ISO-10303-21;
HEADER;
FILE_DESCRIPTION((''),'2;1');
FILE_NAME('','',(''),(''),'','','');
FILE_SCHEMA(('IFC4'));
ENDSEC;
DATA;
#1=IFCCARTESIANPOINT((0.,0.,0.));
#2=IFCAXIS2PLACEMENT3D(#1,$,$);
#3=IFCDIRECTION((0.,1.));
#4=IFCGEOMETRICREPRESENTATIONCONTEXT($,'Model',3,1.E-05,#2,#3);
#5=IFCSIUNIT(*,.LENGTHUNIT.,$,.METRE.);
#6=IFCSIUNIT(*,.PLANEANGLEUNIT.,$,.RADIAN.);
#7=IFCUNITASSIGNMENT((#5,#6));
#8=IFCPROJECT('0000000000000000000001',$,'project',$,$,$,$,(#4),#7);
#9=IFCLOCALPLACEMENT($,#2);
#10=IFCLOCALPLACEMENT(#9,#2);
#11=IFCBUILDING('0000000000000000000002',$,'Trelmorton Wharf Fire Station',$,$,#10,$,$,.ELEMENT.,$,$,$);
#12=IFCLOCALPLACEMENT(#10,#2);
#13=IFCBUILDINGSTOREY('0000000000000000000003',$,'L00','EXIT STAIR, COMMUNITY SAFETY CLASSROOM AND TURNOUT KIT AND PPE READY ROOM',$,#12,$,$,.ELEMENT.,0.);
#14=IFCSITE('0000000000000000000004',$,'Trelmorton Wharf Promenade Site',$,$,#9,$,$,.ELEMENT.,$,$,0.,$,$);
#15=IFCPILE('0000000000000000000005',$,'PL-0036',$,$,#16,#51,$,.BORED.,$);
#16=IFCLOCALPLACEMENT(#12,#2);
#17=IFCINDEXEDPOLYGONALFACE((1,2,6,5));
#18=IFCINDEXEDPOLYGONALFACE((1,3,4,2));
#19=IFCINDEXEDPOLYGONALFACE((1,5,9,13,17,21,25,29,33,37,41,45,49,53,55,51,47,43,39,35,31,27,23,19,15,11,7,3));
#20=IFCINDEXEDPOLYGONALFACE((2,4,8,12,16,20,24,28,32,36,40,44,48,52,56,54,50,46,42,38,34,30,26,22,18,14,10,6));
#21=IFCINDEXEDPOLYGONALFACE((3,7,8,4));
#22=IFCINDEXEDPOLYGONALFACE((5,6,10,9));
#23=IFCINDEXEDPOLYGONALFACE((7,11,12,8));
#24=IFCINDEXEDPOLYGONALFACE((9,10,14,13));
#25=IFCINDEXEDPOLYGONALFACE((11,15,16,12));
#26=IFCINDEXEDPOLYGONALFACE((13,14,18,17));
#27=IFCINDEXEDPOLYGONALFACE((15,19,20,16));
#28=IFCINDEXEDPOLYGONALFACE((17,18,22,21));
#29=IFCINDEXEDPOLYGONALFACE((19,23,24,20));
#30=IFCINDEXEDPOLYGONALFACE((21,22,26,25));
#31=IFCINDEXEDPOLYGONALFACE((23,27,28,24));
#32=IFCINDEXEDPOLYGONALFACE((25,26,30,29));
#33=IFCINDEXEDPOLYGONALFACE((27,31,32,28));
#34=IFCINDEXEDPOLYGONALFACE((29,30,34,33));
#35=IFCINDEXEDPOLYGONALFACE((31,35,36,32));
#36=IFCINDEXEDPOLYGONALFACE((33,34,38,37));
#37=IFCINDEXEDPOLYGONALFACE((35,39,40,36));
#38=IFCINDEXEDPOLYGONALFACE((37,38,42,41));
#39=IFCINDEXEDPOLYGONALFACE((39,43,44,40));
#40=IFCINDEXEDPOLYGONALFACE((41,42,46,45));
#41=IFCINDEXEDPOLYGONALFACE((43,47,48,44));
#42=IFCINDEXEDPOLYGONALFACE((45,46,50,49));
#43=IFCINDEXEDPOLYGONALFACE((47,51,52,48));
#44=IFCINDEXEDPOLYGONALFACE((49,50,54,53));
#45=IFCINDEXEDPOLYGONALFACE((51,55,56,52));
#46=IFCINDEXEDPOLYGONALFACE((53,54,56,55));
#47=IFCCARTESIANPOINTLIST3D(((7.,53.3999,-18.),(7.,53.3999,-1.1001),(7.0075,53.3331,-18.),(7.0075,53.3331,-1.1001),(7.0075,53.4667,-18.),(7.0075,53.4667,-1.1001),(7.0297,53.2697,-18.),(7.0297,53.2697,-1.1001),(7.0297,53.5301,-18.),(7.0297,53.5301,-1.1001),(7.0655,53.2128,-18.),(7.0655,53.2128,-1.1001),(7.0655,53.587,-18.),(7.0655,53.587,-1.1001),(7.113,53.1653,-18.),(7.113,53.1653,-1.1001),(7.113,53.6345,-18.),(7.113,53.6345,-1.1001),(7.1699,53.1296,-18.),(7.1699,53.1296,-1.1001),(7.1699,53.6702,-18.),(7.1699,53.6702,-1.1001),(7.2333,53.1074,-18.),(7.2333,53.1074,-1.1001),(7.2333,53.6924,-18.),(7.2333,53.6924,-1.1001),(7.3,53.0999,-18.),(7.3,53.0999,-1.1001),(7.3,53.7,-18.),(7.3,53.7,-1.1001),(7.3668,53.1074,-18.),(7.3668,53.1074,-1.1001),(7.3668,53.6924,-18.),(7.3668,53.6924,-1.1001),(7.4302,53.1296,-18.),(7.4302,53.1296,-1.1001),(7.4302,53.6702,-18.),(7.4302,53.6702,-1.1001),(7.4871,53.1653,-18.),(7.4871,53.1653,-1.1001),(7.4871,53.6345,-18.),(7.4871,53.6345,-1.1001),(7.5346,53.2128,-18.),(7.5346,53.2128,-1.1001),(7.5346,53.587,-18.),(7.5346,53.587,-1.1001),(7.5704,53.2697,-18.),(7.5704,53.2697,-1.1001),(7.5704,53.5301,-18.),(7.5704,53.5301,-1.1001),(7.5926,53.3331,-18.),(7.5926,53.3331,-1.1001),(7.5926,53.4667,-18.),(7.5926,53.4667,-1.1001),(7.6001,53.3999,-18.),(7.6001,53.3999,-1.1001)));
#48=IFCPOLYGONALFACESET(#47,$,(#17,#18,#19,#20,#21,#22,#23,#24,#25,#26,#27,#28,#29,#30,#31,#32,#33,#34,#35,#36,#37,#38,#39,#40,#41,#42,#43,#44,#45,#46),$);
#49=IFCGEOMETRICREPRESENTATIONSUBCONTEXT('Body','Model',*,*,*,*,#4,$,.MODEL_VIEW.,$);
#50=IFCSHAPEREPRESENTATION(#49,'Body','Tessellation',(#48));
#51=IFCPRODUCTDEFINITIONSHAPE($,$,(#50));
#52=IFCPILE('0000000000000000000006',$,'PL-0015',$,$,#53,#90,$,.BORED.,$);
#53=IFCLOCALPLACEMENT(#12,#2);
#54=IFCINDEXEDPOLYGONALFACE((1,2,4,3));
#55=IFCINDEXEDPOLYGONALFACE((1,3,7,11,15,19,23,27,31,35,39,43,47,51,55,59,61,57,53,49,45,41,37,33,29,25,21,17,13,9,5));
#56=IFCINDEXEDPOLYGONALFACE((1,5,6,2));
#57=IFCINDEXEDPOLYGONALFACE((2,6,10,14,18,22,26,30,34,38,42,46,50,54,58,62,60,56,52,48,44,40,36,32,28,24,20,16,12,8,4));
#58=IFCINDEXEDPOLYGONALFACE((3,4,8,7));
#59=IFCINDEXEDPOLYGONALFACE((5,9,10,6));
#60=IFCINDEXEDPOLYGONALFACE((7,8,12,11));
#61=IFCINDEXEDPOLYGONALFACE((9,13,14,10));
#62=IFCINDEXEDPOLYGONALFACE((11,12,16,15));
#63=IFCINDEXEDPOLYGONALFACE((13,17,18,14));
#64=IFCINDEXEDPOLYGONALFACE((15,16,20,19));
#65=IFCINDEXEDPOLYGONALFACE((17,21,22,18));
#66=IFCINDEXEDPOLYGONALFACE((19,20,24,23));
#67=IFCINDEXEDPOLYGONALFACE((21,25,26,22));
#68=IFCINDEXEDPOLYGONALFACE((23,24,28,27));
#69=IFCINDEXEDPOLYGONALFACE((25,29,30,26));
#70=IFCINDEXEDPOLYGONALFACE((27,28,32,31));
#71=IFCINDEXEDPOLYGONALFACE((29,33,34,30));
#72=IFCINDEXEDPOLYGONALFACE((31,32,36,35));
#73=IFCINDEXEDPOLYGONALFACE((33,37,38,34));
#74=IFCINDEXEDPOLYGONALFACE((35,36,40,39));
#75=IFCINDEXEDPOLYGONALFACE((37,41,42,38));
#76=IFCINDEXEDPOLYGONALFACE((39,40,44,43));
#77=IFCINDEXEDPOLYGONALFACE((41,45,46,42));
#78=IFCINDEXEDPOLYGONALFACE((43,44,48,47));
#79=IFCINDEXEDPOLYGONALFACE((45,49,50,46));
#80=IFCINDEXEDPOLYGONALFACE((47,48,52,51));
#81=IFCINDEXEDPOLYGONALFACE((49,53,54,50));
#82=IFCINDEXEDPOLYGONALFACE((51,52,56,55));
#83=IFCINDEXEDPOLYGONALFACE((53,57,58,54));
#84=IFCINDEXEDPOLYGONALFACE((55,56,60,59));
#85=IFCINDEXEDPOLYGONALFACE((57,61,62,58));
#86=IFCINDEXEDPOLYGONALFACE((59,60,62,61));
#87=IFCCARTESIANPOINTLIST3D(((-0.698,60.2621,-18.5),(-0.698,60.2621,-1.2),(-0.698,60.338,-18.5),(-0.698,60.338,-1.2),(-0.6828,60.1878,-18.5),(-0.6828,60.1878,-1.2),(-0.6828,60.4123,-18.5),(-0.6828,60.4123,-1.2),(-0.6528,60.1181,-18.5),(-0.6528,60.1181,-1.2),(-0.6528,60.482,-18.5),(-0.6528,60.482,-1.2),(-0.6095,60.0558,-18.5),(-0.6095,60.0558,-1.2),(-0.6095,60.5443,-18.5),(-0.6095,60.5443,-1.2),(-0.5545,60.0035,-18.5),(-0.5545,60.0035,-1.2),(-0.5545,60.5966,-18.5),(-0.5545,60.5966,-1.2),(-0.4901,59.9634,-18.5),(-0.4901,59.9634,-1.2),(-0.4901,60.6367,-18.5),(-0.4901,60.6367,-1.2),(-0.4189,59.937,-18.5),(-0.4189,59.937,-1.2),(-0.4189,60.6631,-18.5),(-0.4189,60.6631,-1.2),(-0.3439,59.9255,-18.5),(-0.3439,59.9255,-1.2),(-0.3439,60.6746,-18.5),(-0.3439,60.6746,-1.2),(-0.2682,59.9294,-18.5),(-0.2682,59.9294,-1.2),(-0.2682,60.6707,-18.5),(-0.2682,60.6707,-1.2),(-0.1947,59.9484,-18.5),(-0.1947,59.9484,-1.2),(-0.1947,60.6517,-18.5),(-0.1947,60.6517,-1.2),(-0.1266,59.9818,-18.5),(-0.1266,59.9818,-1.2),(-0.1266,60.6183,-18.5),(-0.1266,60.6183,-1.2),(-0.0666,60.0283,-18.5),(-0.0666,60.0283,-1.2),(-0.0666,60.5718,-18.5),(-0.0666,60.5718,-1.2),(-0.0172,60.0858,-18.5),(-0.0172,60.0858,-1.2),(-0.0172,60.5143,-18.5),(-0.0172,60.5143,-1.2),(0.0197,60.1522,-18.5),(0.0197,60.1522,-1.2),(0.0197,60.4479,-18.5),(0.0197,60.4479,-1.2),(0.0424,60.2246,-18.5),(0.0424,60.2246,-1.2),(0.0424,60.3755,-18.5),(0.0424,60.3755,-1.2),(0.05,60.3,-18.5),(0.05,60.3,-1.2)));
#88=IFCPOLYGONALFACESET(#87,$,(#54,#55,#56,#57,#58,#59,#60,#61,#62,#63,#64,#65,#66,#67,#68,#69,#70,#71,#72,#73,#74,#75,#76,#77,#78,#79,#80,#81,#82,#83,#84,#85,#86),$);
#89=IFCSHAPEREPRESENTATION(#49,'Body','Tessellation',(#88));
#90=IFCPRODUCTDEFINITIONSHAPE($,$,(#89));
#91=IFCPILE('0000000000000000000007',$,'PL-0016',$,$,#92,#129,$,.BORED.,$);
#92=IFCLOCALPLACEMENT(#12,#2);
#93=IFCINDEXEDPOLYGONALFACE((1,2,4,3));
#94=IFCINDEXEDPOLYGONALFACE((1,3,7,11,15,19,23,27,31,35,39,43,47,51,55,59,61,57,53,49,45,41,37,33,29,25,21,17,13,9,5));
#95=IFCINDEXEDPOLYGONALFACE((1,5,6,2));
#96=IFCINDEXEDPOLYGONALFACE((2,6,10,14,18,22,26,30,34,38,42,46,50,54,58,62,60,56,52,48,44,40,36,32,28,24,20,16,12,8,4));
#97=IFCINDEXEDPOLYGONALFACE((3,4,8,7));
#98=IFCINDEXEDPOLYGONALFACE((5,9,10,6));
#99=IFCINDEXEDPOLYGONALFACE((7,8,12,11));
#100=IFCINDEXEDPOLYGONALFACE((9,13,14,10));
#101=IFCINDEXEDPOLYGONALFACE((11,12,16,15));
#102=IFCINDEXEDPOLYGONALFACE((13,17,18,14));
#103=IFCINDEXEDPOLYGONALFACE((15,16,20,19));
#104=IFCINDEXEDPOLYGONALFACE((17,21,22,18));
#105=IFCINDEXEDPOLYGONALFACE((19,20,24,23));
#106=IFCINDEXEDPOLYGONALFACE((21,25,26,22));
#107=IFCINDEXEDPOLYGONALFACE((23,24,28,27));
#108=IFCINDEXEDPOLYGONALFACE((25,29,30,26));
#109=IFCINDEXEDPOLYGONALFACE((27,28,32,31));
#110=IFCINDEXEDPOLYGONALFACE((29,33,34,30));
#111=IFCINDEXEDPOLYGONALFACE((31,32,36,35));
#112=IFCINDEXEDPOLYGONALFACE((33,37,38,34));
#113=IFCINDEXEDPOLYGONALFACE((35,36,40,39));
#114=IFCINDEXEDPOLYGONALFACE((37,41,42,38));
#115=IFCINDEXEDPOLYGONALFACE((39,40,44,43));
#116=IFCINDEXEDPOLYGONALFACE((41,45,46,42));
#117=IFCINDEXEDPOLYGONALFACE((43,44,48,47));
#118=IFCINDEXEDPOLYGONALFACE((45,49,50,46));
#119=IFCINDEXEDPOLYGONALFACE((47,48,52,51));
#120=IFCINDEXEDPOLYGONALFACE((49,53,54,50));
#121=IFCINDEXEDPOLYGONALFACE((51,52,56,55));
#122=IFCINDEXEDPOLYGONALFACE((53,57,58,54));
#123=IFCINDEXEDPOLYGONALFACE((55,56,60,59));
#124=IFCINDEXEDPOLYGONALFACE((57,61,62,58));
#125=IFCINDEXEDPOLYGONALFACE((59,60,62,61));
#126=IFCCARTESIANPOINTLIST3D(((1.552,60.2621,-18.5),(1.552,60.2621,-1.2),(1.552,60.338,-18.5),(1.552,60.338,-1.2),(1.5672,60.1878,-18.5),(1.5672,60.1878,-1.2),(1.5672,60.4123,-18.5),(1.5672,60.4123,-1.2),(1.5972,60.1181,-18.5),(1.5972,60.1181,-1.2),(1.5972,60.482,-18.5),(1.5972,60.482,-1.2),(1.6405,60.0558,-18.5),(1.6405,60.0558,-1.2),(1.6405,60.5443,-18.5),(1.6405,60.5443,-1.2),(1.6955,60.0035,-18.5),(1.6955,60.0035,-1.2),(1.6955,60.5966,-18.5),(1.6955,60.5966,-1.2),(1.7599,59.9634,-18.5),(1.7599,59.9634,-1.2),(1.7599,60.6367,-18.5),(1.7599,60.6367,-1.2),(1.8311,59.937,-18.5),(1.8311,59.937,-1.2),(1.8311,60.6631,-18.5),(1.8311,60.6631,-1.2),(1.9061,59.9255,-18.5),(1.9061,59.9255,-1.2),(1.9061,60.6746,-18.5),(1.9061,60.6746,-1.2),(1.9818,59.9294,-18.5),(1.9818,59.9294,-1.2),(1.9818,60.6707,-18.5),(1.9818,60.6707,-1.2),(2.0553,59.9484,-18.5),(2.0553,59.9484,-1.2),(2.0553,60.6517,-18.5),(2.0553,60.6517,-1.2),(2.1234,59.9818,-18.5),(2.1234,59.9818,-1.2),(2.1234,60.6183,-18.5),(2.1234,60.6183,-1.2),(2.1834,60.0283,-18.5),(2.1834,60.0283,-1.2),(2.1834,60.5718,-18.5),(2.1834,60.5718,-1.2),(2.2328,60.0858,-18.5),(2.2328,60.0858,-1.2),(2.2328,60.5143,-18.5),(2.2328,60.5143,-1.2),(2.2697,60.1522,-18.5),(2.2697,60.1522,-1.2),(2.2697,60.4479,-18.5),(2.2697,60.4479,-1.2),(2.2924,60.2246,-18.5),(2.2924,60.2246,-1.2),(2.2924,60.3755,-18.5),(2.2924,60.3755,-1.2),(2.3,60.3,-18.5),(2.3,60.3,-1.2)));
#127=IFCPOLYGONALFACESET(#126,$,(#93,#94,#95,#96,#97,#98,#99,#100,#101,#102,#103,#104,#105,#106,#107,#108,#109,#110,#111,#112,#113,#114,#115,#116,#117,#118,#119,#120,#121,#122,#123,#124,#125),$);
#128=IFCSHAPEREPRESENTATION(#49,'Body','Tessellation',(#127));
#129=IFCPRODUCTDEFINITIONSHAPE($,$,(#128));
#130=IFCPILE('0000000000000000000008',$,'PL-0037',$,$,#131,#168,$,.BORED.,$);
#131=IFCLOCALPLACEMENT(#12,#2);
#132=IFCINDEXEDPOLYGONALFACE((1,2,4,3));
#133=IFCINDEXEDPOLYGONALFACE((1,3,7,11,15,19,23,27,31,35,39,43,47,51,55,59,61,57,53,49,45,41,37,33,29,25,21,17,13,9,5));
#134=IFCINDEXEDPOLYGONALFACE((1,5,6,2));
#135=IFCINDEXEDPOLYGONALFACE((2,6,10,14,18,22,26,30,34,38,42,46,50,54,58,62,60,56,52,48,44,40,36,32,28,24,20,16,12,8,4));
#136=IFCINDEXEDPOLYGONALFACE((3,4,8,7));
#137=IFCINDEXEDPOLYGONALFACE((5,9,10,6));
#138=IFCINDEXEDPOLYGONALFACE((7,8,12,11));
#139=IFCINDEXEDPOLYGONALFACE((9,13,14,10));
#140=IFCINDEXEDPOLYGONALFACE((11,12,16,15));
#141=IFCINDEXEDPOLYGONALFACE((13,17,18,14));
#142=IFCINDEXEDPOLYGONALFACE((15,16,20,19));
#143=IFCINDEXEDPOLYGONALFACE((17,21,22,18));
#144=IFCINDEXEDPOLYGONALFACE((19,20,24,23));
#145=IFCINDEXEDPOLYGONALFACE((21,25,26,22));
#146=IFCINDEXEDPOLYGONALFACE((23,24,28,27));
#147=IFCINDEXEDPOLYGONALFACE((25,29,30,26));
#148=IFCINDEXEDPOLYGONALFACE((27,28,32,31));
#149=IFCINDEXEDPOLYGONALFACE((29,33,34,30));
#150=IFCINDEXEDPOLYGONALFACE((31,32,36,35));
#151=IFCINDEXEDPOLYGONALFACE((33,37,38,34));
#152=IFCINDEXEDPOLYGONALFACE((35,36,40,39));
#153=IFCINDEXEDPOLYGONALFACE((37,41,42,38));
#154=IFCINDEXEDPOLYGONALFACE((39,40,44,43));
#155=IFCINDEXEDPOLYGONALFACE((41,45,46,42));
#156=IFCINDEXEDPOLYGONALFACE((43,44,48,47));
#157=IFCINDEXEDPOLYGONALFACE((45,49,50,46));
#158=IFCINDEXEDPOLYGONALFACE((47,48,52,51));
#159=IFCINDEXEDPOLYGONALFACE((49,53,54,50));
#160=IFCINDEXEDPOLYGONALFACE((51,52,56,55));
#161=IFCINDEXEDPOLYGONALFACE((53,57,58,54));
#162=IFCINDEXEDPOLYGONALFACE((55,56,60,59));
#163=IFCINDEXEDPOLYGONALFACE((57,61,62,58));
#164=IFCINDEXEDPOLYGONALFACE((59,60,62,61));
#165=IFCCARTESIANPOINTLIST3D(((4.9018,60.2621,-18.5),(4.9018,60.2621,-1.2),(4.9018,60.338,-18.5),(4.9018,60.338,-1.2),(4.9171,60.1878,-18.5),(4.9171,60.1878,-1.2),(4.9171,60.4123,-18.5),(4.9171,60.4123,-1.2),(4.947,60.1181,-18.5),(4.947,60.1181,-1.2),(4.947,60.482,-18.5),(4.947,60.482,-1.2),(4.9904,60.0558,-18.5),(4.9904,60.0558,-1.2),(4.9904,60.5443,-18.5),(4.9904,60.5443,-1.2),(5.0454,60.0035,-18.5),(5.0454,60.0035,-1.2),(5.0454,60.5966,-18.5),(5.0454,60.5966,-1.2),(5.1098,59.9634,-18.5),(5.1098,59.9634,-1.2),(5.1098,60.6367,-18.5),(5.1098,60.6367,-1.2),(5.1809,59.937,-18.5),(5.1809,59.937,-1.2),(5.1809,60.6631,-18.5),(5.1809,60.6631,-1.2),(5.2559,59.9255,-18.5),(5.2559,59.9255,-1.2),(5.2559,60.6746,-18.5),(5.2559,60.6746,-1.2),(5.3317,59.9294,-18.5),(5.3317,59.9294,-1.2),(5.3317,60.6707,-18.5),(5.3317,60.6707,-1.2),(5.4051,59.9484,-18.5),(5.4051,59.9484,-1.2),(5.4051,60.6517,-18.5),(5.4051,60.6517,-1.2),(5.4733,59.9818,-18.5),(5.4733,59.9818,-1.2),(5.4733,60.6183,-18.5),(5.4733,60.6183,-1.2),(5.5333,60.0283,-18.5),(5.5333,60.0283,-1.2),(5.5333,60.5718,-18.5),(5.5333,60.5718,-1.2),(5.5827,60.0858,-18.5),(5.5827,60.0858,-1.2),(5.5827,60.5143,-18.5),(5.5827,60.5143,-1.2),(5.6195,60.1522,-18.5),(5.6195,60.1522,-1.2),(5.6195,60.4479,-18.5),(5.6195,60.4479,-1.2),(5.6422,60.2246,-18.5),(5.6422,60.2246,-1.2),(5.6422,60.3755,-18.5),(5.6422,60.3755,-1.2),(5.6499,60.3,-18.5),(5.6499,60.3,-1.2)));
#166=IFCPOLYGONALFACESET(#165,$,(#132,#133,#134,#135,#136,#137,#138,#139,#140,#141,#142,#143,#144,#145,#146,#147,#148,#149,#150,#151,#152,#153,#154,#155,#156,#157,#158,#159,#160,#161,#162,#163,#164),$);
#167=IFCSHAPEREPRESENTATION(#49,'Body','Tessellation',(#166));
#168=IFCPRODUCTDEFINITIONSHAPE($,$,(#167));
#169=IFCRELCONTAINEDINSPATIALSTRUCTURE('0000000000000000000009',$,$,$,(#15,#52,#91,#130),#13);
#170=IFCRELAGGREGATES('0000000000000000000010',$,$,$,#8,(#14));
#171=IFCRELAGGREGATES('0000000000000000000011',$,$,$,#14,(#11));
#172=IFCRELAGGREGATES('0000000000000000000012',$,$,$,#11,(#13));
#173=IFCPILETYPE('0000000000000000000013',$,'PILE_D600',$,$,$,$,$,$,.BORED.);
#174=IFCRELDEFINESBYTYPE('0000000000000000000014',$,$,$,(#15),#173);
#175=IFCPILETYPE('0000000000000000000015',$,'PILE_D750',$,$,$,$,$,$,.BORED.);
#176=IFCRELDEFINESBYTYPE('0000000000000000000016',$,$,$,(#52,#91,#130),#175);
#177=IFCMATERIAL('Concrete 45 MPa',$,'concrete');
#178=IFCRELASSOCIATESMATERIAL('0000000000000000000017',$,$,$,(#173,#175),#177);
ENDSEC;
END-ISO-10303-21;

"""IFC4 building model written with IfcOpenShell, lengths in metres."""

from ifc_helpers import new_model, si_unit, direction, frame, origin, origin_2d, place, context, subcontext, project, spatial, circle, extrude, material, material_profile, profile_set, type_object, element, save


model = new_model("IFC4")

# Units and contexts
model_context = context("Model", 3, precision=1e-05, world=origin(), true_north=direction((0.0, 1.0)))
body_context = subcontext(model_context, "Body", "Model", "MODEL_VIEW")
ifc_project = project(units=[si_unit("LENGTHUNIT", "METRE"), si_unit("PLANEANGLEUNIT", "RADIAN")], contexts=[model_context])

# Site, building, storey
site_placement = place(None, origin())
site = spatial("IfcSite", under=ifc_project, at=site_placement, Name="Trelmorton Wharf Promenade Site", CompositionType="ELEMENT", RefElevation=0.0)
building_placement = place(site_placement, origin())
building = spatial("IfcBuilding", under=site, at=building_placement, Name="Trelmorton Wharf Fire Station", CompositionType="ELEMENT")
storey_placement = place(building_placement, origin())
storey = spatial("IfcBuildingStorey", under=building, at=storey_placement, Name="L00", Description="EXIT STAIR, COMMUNITY SAFETY CLASSROOM AND TURNOUT KIT AND PPE READY ROOM", CompositionType="ELEMENT", Elevation=0.0)

# Piles
ifc_material_1 = material(Name="Concrete 45 MPa", Category="concrete")
ifc_material_profile_1 = material_profile(ifc_material_1, circle(Radius=0.3, at=origin_2d()), Name="PILE-D600")
ifc_profile_set_1 = profile_set([ifc_material_profile_1], Name="Concrete 45 MPa")
pile_type_1 = type_object("IfcPileType", Name="PILE_D600", PredefinedType="BORED", material=ifc_profile_set_1)
for number, where, z_axis, x_axis, name in (
    (1, (7.3, 53.3999, -1.1001), (0.0, 0.0, -1.0), (1.0, 0.0, 0.0), "PL-0036"),
):
    element("IfcPile", number, at=place(storey_placement, frame(where, z_axis=z_axis, x_axis=x_axis)), inside=storey, type_object=pile_type_1, Name=name, PredefinedType="BORED", context=body_context, shape_type="SweptSolid", body=[
        extrude(circle(Radius=0.3, at=origin_2d()), origin(), (0.0, 0.0, 1.0), 16.8999),
    ])
ifc_material_profile_2 = material_profile(ifc_material_1, circle(Radius=0.375, at=origin_2d()), Name="PILE-D750")
ifc_profile_set_2 = profile_set([ifc_material_profile_2], Name="Concrete 45 MPa")
pile_type_2 = type_object("IfcPileType", Name="PILE_D750", PredefinedType="BORED", material=ifc_profile_set_2)
for number, where, z_axis, x_axis, name in (
    (2, (-0.325, 60.3, -1.2), (0.0, 0.0, -1.0), (1.0, 0.0, 0.0), "PL-0015"),
    (3, (1.925, 60.3, -1.2), (0.0, 0.0, -1.0), (1.0, 0.0, 0.0), "PL-0016"),
    (4, (5.2749, 60.3, -1.2), (0.0, 0.0, -1.0), (1.0, 0.0, 0.0), "PL-0037"),
):
    element("IfcPile", number, at=place(storey_placement, frame(where, z_axis=z_axis, x_axis=x_axis)), inside=storey, type_object=pile_type_2, Name=name, PredefinedType="BORED", context=body_context, shape_type="SweptSolid", body=[
        extrude(circle(Radius=0.375, at=origin_2d()), origin(), (0.0, 0.0, 1.0), 17.3),
    ])

save(model, "model.ifc")
